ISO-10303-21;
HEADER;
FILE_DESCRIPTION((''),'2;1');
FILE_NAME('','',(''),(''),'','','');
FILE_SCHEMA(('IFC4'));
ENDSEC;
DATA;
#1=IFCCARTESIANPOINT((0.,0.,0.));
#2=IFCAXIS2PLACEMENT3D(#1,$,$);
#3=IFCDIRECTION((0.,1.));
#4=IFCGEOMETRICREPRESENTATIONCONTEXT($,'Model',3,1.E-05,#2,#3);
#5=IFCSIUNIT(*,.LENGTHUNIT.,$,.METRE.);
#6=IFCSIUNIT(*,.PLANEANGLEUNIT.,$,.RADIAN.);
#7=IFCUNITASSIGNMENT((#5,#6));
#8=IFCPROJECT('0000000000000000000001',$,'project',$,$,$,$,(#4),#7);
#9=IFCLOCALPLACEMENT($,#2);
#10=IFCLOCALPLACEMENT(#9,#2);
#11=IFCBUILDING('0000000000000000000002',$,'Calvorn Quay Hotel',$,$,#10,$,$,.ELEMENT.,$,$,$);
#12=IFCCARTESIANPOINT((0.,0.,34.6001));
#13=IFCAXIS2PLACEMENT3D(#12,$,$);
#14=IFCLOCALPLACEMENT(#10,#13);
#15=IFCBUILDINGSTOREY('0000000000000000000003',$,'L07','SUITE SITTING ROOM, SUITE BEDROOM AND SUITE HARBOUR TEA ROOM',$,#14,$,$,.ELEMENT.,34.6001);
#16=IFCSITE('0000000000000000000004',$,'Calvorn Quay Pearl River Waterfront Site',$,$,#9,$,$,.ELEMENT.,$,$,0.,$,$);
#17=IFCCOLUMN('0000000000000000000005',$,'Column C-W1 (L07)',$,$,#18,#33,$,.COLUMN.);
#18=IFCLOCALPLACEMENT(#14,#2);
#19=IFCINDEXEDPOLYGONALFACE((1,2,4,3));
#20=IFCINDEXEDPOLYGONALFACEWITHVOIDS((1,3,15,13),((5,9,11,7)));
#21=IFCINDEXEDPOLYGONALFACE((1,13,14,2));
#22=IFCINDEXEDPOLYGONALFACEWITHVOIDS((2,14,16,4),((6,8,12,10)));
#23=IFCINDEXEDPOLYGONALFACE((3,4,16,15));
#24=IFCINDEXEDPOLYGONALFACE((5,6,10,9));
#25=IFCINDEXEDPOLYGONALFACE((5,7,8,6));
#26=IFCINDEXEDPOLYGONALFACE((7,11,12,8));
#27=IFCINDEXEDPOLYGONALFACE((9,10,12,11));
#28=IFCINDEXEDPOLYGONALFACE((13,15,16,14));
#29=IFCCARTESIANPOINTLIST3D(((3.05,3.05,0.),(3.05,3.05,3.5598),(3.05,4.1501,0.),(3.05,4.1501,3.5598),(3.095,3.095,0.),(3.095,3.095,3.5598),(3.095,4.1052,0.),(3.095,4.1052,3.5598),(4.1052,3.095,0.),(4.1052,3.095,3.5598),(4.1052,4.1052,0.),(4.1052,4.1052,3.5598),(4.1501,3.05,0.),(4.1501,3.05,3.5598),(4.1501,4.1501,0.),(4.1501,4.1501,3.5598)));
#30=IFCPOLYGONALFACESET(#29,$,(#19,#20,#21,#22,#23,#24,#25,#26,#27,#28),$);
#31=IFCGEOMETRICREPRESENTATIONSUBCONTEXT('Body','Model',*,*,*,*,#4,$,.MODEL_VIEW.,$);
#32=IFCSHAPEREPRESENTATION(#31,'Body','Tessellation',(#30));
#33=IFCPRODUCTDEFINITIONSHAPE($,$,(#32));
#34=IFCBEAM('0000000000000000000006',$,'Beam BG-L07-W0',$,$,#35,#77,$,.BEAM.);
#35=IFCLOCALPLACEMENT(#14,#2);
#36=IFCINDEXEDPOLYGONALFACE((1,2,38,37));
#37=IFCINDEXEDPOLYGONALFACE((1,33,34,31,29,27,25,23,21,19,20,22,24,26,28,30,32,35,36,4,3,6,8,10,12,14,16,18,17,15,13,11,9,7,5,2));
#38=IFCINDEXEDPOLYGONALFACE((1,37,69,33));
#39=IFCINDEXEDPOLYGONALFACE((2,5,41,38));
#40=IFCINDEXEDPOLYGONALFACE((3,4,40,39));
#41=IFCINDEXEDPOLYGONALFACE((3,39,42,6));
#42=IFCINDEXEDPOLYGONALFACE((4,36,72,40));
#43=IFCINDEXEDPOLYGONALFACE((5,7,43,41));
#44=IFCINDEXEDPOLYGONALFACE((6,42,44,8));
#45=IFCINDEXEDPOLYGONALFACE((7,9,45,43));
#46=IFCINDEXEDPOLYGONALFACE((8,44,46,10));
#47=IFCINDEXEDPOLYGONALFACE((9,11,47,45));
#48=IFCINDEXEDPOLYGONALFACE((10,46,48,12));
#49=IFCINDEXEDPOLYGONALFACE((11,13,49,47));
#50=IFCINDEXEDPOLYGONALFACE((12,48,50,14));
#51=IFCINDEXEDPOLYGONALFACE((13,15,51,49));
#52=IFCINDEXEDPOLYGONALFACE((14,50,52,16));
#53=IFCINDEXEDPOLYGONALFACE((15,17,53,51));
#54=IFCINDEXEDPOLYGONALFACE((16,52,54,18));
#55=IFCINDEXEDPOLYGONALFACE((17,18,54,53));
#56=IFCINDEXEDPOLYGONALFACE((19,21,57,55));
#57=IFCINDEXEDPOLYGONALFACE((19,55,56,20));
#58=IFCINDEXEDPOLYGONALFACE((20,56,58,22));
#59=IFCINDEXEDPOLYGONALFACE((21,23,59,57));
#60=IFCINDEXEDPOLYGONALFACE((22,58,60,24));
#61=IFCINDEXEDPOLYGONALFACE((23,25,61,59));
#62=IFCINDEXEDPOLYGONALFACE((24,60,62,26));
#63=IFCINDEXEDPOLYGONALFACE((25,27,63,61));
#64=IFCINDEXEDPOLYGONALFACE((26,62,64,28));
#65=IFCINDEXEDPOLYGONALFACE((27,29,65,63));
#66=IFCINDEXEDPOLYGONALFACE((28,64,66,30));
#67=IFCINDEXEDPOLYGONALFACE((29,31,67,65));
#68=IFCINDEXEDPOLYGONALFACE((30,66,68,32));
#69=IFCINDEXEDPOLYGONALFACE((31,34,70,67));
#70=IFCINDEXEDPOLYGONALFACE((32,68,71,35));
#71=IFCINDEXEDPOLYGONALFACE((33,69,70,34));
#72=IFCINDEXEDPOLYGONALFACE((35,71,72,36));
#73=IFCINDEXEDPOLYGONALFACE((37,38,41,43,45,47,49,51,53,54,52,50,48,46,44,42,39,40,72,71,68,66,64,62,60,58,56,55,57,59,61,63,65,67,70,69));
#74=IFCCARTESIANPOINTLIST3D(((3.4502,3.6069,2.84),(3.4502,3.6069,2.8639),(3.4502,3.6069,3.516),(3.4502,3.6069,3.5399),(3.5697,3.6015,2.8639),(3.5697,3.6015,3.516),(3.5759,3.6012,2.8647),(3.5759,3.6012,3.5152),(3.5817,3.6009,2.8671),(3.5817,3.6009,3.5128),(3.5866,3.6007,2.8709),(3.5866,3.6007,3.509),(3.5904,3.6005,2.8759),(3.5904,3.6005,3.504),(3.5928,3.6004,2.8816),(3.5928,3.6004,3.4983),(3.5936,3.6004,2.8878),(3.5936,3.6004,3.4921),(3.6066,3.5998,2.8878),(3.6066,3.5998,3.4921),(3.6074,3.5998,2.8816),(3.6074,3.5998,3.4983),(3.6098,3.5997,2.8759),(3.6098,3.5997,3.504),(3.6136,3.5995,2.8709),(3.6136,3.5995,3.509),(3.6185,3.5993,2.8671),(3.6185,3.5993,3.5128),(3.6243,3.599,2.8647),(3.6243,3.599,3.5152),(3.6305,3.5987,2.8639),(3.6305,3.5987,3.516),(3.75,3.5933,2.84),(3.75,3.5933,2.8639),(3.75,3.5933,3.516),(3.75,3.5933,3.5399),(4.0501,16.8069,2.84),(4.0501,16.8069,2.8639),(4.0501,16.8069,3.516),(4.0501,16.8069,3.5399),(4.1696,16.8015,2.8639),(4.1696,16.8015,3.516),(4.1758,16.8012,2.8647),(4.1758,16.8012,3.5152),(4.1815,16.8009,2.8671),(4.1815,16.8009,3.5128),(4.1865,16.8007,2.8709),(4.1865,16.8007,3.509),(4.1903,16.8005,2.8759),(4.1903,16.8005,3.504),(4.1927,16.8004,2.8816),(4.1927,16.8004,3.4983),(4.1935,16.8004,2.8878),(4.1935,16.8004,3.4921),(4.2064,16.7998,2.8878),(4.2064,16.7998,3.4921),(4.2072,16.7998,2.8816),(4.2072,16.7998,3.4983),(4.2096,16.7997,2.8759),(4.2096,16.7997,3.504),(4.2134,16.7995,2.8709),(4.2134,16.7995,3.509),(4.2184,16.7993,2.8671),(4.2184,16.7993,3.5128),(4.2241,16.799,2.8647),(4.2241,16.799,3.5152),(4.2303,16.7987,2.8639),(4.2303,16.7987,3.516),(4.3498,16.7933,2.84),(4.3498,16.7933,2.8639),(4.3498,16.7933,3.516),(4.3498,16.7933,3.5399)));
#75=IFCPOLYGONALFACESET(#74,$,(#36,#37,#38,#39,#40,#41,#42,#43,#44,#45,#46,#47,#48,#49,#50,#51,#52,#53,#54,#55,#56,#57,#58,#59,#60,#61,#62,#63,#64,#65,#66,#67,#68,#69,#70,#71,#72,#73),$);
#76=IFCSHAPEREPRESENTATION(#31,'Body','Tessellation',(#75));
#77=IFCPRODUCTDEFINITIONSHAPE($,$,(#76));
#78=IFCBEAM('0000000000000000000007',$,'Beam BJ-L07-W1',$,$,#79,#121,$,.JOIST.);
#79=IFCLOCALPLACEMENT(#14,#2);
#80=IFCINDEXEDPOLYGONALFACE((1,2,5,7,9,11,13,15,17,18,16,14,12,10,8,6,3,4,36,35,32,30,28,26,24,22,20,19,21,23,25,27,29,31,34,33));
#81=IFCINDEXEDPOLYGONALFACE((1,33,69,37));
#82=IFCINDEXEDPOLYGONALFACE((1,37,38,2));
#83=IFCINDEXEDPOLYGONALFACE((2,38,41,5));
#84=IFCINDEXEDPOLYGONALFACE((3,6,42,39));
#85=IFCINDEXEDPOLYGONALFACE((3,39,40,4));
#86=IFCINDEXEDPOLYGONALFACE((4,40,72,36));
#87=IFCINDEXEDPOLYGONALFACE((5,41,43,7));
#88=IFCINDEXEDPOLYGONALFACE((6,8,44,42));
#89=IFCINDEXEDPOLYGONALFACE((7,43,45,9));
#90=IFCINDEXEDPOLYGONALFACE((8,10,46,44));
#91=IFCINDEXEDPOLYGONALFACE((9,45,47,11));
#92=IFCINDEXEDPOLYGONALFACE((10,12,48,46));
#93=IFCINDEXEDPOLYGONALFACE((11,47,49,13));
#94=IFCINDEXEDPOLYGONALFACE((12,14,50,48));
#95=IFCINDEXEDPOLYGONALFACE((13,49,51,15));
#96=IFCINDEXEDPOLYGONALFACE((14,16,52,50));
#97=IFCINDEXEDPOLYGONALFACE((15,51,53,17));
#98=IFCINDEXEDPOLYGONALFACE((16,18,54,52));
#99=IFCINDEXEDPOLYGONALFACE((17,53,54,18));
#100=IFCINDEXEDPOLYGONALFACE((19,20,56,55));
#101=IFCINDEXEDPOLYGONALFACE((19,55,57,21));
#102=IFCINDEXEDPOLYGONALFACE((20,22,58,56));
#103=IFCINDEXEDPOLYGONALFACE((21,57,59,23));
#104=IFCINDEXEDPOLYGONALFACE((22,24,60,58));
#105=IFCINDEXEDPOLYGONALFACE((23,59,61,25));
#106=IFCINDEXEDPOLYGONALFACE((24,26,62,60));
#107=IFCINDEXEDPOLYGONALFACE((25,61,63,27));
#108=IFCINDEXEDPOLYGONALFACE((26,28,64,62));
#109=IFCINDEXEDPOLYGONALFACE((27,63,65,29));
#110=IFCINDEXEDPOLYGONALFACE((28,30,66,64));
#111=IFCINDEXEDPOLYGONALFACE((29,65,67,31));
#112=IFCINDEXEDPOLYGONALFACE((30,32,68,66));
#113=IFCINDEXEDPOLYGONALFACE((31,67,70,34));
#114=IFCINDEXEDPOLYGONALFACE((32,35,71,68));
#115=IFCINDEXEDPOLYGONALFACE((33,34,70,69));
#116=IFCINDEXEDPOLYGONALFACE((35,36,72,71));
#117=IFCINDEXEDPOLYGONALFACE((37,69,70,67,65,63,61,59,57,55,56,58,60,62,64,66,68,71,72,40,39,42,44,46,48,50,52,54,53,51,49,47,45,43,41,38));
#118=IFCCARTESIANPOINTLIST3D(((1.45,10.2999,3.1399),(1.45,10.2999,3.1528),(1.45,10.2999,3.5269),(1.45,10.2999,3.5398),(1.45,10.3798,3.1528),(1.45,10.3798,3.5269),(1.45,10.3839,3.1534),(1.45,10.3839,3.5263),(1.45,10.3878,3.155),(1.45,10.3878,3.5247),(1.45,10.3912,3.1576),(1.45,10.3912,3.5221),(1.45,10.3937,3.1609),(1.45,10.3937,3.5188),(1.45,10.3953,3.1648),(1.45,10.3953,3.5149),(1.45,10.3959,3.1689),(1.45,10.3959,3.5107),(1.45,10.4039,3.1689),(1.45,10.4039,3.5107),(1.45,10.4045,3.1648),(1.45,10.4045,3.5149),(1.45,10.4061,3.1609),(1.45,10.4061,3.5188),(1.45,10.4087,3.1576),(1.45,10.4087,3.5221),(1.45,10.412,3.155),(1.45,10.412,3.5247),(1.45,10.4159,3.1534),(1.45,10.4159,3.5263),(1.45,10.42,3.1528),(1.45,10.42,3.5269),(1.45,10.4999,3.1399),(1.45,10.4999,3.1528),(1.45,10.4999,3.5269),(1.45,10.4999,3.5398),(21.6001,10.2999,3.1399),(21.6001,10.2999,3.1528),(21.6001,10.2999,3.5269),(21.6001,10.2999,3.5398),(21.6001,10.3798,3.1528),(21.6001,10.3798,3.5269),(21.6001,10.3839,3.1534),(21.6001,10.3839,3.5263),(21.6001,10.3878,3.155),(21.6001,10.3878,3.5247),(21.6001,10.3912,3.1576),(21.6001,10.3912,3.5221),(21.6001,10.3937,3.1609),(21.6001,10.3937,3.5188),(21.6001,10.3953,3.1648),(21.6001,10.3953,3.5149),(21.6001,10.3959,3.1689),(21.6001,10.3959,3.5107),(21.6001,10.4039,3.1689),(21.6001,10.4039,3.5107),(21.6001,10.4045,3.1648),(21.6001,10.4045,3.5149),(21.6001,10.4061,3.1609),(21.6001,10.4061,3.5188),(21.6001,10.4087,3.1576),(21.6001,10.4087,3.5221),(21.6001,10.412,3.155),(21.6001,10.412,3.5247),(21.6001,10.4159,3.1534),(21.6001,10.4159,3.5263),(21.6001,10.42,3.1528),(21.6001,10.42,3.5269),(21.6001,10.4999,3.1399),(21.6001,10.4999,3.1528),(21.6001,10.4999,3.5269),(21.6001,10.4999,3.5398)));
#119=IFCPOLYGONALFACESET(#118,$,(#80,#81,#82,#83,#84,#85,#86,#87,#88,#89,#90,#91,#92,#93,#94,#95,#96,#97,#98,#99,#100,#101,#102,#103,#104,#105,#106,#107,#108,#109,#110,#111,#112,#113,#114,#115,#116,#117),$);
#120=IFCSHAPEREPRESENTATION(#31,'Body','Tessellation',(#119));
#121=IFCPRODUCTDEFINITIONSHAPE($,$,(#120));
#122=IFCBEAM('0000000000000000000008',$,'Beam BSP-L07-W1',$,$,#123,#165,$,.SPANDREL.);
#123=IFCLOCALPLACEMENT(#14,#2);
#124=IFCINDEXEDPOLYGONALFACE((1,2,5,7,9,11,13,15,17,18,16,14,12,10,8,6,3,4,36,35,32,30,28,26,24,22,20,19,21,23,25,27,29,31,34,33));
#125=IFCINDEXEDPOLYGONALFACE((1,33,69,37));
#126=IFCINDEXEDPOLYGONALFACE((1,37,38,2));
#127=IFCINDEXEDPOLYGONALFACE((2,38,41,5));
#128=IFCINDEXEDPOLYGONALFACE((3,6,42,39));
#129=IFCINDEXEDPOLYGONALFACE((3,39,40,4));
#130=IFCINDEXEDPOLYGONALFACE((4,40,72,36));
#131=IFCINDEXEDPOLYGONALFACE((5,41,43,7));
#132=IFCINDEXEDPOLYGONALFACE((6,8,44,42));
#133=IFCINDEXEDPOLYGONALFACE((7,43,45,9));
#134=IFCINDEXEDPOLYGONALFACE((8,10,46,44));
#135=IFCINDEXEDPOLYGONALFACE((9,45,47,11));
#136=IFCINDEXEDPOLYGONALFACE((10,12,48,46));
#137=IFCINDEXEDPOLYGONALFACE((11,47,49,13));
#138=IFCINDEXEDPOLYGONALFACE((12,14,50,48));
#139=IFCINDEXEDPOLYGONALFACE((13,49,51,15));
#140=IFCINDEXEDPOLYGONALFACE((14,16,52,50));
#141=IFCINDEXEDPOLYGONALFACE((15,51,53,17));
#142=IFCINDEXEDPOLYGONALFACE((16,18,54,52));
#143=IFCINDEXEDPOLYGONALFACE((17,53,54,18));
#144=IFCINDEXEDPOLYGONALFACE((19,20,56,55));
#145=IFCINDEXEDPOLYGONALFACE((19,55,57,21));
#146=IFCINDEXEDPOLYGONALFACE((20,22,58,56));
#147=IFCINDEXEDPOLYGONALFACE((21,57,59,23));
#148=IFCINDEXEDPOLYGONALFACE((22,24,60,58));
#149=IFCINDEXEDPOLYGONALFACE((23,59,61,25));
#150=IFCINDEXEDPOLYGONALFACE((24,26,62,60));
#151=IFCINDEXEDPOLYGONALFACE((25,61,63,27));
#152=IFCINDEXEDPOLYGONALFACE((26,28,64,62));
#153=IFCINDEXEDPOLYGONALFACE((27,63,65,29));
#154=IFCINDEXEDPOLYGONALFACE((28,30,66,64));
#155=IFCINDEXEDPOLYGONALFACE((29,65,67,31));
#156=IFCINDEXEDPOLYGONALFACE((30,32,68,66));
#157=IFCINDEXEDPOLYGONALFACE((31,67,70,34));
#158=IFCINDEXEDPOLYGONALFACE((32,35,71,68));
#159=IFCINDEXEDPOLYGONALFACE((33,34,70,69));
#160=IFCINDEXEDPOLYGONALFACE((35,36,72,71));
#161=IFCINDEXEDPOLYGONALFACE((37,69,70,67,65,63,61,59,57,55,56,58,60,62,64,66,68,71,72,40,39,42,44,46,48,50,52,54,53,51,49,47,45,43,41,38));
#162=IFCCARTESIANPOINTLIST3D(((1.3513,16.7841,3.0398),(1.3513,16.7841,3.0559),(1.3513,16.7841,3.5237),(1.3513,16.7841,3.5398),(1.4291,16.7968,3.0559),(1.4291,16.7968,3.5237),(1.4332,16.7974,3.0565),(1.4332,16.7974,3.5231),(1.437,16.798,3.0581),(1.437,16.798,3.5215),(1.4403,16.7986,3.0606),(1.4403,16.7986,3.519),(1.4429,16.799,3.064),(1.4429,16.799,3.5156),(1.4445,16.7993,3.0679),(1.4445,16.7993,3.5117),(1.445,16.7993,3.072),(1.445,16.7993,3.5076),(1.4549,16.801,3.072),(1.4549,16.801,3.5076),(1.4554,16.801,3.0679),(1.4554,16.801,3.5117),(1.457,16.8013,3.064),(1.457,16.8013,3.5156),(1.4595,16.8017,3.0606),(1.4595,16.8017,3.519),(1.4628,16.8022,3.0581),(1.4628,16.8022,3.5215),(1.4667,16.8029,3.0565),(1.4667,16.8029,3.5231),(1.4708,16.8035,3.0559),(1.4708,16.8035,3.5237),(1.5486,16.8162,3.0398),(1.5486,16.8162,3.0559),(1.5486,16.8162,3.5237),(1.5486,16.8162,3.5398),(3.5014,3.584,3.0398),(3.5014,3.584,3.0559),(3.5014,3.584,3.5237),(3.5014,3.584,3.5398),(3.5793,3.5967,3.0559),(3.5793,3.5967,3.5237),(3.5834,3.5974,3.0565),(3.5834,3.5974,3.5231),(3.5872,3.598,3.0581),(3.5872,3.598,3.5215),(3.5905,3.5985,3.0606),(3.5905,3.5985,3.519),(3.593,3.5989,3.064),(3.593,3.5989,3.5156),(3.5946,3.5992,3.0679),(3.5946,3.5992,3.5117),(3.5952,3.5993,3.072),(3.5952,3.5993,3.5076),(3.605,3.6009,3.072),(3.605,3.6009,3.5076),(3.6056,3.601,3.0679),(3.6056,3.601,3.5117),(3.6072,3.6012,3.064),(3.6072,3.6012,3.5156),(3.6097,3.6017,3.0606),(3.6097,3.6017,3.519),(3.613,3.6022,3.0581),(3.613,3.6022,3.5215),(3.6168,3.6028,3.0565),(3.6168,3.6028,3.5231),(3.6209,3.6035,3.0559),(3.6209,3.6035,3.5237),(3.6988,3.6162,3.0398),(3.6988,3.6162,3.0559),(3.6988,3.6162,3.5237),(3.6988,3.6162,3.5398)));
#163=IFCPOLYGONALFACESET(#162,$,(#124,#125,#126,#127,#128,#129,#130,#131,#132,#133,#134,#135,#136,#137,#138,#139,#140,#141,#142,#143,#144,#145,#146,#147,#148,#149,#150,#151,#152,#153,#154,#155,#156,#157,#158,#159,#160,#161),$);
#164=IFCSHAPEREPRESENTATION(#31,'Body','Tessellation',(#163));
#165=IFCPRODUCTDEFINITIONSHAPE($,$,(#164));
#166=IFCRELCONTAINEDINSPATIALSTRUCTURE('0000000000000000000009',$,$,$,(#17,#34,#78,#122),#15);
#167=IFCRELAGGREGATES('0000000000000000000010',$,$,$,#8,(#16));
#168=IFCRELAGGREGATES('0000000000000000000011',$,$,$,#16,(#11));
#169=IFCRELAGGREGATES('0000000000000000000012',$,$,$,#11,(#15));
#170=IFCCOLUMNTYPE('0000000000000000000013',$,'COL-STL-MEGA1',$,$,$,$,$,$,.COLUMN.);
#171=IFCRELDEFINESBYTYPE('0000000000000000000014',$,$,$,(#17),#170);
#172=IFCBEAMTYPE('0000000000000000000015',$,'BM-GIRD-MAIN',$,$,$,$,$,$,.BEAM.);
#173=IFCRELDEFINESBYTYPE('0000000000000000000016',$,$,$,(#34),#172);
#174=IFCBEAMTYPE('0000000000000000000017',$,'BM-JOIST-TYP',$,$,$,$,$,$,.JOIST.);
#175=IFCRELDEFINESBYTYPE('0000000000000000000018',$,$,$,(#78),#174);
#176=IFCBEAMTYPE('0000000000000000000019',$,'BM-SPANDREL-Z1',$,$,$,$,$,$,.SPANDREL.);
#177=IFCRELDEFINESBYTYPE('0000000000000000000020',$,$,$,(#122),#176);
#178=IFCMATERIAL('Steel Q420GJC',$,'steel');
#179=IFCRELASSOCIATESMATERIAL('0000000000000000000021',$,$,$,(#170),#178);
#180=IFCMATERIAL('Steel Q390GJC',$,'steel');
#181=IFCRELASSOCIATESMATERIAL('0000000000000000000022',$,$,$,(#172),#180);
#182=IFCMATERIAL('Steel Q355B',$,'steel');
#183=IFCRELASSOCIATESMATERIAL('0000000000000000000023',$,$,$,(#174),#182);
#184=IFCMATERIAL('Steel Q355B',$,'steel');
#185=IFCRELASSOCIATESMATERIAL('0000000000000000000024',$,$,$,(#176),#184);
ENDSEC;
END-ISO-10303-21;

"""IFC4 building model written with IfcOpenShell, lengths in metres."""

from ifc_helpers import new_model, si_unit, direction, frame, origin, origin_2d, place, context, subcontext, project, spatial, hollow_rectangle, i_section, extrude, material, material_profile, profile_set, type_object, element, save


model = new_model("IFC4")

# Units and contexts
model_context = context("Model", 3, precision=1e-05, world=origin(), true_north=direction((0.0, 1.0)))
body_context = subcontext(model_context, "Body", "Model", "MODEL_VIEW")
ifc_project = project(units=[si_unit("LENGTHUNIT", "METRE"), si_unit("PLANEANGLEUNIT", "RADIAN")], contexts=[model_context])

# Site, building, storey
site_placement = place(None, origin())
site = spatial("IfcSite", under=ifc_project, at=site_placement, Name="Calvorn Quay Pearl River Waterfront Site", CompositionType="ELEMENT", RefElevation=0.0)
building_placement = place(site_placement, origin())
building = spatial("IfcBuilding", under=site, at=building_placement, Name="Calvorn Quay Hotel", CompositionType="ELEMENT")
storey_placement = place(building_placement, frame((0.0, 0.0, 34.6001)))
storey = spatial("IfcBuildingStorey", under=building, at=storey_placement, Name="L07", Description="SUITE SITTING ROOM, SUITE BEDROOM AND SUITE HARBOUR TEA ROOM", CompositionType="ELEMENT", Elevation=34.6001)

# Column
ifc_material_1 = material(Name="Steel Q420GJC", Category="steel")
ifc_material_profile_1 = material_profile(ifc_material_1, hollow_rectangle(XDim=1.1001, YDim=1.1001, WallThickness=0.0449, at=origin_2d()), Name="BOX1100x1100x45")
ifc_profile_set_1 = profile_set([ifc_material_profile_1], Name="Steel Q420GJC")
column_type = type_object("IfcColumnType", Name="COL-STL-MEGA1", PredefinedType="COLUMN", material=ifc_profile_set_1)
column_placement = place(storey_placement, frame((3.6001, 3.6001, 0.0), z_axis=(0.0, 0.0, 1.0), x_axis=(1.0, 0.0, 0.0)))
element("IfcColumn", 1, at=column_placement, inside=storey, type_object=column_type, Name="Column C-W1 (L07)", PredefinedType="COLUMN", context=body_context, shape_type="SweptSolid", body=[
    extrude(hollow_rectangle(XDim=1.1001, YDim=1.1001, WallThickness=0.0449, at=origin_2d()), origin(), (0.0, 0.0, 1.0), 3.5598),
])

# Beams
ifc_material_2 = material(Name="Steel Q390GJC", Category="steel")
ifc_material_profile_2 = material_profile(ifc_material_2, i_section(OverallWidth=0.3, OverallDepth=0.7, WebThickness=0.0129, FlangeThickness=0.0239, FilletRadius=0.0239, at=origin_2d()), Name="HN700x300x13x24")
ifc_profile_set_2 = profile_set([ifc_material_profile_2], Name="Steel Q390GJC")
beam_type_1 = type_object("IfcBeamType", Name="BM-GIRD-MAIN", PredefinedType="BEAM", material=ifc_profile_set_2)
beam_1_placement = place(storey_placement, frame((3.6001, 3.6001, 3.1899), z_axis=(0.045397, 0.998969, 0.0), x_axis=(-0.998969, 0.045397, 0.0)))
element("IfcBeam", 2, at=beam_1_placement, inside=storey, type_object=beam_type_1, Name="Beam BG-L07-W0", PredefinedType="BEAM", context=body_context, shape_type="SweptSolid", body=[
    extrude(i_section(OverallWidth=0.3, OverallDepth=0.7, WebThickness=0.0129, FlangeThickness=0.0239, FilletRadius=0.0239, at=origin_2d()), origin(), (0.0, 0.0, 1.0), 13.2136),
])
ifc_material_3 = material(Name="Steel Q355B", Category="steel")
ifc_material_profile_3 = material_profile(ifc_material_3, i_section(OverallWidth=0.2, OverallDepth=0.3999, WebThickness=0.0081, FlangeThickness=0.0129, FilletRadius=0.0161, at=origin_2d()), Name="HN400x200x8x13")
ifc_profile_set_3 = profile_set([ifc_material_profile_3], Name="Steel Q355B")
beam_type_2 = type_object("IfcBeamType", Name="BM-JOIST-TYP", PredefinedType="JOIST", material=ifc_profile_set_3)
beam_2_placement = place(storey_placement, frame((1.45, 10.3999, 3.3398), z_axis=(1.0, 0.0, 0.0), x_axis=(0.0, 1.0, 0.0)))
element("IfcBeam", 3, at=beam_2_placement, inside=storey, type_object=beam_type_2, Name="Beam BJ-L07-W1", PredefinedType="JOIST", context=body_context, shape_type="SweptSolid", body=[
    extrude(i_section(OverallWidth=0.2, OverallDepth=0.3999, WebThickness=0.0081, FlangeThickness=0.0129, FilletRadius=0.0161, at=origin_2d()), origin(), (0.0, 0.0, 1.0), 20.1501),
])
ifc_material_4 = material(Name="Steel Q355B", Category="steel")
ifc_material_profile_4 = material_profile(ifc_material_4, i_section(OverallWidth=0.2, OverallDepth=0.5, WebThickness=0.01, FlangeThickness=0.0161, FilletRadius=0.0161, at=origin_2d()), Name="HN500x200x10x16")
ifc_profile_set_4 = profile_set([ifc_material_profile_4], Name="Steel Q355B")
beam_type_3 = type_object("IfcBeamType", Name="BM-SPANDREL-Z1", PredefinedType="SPANDREL", material=ifc_profile_set_4)
beam_3_placement = place(storey_placement, frame((3.6001, 3.6001, 3.2898), z_axis=(-0.160772, 0.986992, 0.0), x_axis=(-0.986992, -0.160772, 0.0)))
element("IfcBeam", 4, at=beam_3_placement, inside=storey, type_object=beam_type_3, Name="Beam BSP-L07-W1", PredefinedType="SPANDREL", context=body_context, shape_type="SweptSolid", body=[
    extrude(i_section(OverallWidth=0.2, OverallDepth=0.5, WebThickness=0.01, FlangeThickness=0.0161, FilletRadius=0.0161, at=origin_2d()), origin(), (0.0, 0.0, 1.0), 13.374),
])

save(model, "model.ifc")
